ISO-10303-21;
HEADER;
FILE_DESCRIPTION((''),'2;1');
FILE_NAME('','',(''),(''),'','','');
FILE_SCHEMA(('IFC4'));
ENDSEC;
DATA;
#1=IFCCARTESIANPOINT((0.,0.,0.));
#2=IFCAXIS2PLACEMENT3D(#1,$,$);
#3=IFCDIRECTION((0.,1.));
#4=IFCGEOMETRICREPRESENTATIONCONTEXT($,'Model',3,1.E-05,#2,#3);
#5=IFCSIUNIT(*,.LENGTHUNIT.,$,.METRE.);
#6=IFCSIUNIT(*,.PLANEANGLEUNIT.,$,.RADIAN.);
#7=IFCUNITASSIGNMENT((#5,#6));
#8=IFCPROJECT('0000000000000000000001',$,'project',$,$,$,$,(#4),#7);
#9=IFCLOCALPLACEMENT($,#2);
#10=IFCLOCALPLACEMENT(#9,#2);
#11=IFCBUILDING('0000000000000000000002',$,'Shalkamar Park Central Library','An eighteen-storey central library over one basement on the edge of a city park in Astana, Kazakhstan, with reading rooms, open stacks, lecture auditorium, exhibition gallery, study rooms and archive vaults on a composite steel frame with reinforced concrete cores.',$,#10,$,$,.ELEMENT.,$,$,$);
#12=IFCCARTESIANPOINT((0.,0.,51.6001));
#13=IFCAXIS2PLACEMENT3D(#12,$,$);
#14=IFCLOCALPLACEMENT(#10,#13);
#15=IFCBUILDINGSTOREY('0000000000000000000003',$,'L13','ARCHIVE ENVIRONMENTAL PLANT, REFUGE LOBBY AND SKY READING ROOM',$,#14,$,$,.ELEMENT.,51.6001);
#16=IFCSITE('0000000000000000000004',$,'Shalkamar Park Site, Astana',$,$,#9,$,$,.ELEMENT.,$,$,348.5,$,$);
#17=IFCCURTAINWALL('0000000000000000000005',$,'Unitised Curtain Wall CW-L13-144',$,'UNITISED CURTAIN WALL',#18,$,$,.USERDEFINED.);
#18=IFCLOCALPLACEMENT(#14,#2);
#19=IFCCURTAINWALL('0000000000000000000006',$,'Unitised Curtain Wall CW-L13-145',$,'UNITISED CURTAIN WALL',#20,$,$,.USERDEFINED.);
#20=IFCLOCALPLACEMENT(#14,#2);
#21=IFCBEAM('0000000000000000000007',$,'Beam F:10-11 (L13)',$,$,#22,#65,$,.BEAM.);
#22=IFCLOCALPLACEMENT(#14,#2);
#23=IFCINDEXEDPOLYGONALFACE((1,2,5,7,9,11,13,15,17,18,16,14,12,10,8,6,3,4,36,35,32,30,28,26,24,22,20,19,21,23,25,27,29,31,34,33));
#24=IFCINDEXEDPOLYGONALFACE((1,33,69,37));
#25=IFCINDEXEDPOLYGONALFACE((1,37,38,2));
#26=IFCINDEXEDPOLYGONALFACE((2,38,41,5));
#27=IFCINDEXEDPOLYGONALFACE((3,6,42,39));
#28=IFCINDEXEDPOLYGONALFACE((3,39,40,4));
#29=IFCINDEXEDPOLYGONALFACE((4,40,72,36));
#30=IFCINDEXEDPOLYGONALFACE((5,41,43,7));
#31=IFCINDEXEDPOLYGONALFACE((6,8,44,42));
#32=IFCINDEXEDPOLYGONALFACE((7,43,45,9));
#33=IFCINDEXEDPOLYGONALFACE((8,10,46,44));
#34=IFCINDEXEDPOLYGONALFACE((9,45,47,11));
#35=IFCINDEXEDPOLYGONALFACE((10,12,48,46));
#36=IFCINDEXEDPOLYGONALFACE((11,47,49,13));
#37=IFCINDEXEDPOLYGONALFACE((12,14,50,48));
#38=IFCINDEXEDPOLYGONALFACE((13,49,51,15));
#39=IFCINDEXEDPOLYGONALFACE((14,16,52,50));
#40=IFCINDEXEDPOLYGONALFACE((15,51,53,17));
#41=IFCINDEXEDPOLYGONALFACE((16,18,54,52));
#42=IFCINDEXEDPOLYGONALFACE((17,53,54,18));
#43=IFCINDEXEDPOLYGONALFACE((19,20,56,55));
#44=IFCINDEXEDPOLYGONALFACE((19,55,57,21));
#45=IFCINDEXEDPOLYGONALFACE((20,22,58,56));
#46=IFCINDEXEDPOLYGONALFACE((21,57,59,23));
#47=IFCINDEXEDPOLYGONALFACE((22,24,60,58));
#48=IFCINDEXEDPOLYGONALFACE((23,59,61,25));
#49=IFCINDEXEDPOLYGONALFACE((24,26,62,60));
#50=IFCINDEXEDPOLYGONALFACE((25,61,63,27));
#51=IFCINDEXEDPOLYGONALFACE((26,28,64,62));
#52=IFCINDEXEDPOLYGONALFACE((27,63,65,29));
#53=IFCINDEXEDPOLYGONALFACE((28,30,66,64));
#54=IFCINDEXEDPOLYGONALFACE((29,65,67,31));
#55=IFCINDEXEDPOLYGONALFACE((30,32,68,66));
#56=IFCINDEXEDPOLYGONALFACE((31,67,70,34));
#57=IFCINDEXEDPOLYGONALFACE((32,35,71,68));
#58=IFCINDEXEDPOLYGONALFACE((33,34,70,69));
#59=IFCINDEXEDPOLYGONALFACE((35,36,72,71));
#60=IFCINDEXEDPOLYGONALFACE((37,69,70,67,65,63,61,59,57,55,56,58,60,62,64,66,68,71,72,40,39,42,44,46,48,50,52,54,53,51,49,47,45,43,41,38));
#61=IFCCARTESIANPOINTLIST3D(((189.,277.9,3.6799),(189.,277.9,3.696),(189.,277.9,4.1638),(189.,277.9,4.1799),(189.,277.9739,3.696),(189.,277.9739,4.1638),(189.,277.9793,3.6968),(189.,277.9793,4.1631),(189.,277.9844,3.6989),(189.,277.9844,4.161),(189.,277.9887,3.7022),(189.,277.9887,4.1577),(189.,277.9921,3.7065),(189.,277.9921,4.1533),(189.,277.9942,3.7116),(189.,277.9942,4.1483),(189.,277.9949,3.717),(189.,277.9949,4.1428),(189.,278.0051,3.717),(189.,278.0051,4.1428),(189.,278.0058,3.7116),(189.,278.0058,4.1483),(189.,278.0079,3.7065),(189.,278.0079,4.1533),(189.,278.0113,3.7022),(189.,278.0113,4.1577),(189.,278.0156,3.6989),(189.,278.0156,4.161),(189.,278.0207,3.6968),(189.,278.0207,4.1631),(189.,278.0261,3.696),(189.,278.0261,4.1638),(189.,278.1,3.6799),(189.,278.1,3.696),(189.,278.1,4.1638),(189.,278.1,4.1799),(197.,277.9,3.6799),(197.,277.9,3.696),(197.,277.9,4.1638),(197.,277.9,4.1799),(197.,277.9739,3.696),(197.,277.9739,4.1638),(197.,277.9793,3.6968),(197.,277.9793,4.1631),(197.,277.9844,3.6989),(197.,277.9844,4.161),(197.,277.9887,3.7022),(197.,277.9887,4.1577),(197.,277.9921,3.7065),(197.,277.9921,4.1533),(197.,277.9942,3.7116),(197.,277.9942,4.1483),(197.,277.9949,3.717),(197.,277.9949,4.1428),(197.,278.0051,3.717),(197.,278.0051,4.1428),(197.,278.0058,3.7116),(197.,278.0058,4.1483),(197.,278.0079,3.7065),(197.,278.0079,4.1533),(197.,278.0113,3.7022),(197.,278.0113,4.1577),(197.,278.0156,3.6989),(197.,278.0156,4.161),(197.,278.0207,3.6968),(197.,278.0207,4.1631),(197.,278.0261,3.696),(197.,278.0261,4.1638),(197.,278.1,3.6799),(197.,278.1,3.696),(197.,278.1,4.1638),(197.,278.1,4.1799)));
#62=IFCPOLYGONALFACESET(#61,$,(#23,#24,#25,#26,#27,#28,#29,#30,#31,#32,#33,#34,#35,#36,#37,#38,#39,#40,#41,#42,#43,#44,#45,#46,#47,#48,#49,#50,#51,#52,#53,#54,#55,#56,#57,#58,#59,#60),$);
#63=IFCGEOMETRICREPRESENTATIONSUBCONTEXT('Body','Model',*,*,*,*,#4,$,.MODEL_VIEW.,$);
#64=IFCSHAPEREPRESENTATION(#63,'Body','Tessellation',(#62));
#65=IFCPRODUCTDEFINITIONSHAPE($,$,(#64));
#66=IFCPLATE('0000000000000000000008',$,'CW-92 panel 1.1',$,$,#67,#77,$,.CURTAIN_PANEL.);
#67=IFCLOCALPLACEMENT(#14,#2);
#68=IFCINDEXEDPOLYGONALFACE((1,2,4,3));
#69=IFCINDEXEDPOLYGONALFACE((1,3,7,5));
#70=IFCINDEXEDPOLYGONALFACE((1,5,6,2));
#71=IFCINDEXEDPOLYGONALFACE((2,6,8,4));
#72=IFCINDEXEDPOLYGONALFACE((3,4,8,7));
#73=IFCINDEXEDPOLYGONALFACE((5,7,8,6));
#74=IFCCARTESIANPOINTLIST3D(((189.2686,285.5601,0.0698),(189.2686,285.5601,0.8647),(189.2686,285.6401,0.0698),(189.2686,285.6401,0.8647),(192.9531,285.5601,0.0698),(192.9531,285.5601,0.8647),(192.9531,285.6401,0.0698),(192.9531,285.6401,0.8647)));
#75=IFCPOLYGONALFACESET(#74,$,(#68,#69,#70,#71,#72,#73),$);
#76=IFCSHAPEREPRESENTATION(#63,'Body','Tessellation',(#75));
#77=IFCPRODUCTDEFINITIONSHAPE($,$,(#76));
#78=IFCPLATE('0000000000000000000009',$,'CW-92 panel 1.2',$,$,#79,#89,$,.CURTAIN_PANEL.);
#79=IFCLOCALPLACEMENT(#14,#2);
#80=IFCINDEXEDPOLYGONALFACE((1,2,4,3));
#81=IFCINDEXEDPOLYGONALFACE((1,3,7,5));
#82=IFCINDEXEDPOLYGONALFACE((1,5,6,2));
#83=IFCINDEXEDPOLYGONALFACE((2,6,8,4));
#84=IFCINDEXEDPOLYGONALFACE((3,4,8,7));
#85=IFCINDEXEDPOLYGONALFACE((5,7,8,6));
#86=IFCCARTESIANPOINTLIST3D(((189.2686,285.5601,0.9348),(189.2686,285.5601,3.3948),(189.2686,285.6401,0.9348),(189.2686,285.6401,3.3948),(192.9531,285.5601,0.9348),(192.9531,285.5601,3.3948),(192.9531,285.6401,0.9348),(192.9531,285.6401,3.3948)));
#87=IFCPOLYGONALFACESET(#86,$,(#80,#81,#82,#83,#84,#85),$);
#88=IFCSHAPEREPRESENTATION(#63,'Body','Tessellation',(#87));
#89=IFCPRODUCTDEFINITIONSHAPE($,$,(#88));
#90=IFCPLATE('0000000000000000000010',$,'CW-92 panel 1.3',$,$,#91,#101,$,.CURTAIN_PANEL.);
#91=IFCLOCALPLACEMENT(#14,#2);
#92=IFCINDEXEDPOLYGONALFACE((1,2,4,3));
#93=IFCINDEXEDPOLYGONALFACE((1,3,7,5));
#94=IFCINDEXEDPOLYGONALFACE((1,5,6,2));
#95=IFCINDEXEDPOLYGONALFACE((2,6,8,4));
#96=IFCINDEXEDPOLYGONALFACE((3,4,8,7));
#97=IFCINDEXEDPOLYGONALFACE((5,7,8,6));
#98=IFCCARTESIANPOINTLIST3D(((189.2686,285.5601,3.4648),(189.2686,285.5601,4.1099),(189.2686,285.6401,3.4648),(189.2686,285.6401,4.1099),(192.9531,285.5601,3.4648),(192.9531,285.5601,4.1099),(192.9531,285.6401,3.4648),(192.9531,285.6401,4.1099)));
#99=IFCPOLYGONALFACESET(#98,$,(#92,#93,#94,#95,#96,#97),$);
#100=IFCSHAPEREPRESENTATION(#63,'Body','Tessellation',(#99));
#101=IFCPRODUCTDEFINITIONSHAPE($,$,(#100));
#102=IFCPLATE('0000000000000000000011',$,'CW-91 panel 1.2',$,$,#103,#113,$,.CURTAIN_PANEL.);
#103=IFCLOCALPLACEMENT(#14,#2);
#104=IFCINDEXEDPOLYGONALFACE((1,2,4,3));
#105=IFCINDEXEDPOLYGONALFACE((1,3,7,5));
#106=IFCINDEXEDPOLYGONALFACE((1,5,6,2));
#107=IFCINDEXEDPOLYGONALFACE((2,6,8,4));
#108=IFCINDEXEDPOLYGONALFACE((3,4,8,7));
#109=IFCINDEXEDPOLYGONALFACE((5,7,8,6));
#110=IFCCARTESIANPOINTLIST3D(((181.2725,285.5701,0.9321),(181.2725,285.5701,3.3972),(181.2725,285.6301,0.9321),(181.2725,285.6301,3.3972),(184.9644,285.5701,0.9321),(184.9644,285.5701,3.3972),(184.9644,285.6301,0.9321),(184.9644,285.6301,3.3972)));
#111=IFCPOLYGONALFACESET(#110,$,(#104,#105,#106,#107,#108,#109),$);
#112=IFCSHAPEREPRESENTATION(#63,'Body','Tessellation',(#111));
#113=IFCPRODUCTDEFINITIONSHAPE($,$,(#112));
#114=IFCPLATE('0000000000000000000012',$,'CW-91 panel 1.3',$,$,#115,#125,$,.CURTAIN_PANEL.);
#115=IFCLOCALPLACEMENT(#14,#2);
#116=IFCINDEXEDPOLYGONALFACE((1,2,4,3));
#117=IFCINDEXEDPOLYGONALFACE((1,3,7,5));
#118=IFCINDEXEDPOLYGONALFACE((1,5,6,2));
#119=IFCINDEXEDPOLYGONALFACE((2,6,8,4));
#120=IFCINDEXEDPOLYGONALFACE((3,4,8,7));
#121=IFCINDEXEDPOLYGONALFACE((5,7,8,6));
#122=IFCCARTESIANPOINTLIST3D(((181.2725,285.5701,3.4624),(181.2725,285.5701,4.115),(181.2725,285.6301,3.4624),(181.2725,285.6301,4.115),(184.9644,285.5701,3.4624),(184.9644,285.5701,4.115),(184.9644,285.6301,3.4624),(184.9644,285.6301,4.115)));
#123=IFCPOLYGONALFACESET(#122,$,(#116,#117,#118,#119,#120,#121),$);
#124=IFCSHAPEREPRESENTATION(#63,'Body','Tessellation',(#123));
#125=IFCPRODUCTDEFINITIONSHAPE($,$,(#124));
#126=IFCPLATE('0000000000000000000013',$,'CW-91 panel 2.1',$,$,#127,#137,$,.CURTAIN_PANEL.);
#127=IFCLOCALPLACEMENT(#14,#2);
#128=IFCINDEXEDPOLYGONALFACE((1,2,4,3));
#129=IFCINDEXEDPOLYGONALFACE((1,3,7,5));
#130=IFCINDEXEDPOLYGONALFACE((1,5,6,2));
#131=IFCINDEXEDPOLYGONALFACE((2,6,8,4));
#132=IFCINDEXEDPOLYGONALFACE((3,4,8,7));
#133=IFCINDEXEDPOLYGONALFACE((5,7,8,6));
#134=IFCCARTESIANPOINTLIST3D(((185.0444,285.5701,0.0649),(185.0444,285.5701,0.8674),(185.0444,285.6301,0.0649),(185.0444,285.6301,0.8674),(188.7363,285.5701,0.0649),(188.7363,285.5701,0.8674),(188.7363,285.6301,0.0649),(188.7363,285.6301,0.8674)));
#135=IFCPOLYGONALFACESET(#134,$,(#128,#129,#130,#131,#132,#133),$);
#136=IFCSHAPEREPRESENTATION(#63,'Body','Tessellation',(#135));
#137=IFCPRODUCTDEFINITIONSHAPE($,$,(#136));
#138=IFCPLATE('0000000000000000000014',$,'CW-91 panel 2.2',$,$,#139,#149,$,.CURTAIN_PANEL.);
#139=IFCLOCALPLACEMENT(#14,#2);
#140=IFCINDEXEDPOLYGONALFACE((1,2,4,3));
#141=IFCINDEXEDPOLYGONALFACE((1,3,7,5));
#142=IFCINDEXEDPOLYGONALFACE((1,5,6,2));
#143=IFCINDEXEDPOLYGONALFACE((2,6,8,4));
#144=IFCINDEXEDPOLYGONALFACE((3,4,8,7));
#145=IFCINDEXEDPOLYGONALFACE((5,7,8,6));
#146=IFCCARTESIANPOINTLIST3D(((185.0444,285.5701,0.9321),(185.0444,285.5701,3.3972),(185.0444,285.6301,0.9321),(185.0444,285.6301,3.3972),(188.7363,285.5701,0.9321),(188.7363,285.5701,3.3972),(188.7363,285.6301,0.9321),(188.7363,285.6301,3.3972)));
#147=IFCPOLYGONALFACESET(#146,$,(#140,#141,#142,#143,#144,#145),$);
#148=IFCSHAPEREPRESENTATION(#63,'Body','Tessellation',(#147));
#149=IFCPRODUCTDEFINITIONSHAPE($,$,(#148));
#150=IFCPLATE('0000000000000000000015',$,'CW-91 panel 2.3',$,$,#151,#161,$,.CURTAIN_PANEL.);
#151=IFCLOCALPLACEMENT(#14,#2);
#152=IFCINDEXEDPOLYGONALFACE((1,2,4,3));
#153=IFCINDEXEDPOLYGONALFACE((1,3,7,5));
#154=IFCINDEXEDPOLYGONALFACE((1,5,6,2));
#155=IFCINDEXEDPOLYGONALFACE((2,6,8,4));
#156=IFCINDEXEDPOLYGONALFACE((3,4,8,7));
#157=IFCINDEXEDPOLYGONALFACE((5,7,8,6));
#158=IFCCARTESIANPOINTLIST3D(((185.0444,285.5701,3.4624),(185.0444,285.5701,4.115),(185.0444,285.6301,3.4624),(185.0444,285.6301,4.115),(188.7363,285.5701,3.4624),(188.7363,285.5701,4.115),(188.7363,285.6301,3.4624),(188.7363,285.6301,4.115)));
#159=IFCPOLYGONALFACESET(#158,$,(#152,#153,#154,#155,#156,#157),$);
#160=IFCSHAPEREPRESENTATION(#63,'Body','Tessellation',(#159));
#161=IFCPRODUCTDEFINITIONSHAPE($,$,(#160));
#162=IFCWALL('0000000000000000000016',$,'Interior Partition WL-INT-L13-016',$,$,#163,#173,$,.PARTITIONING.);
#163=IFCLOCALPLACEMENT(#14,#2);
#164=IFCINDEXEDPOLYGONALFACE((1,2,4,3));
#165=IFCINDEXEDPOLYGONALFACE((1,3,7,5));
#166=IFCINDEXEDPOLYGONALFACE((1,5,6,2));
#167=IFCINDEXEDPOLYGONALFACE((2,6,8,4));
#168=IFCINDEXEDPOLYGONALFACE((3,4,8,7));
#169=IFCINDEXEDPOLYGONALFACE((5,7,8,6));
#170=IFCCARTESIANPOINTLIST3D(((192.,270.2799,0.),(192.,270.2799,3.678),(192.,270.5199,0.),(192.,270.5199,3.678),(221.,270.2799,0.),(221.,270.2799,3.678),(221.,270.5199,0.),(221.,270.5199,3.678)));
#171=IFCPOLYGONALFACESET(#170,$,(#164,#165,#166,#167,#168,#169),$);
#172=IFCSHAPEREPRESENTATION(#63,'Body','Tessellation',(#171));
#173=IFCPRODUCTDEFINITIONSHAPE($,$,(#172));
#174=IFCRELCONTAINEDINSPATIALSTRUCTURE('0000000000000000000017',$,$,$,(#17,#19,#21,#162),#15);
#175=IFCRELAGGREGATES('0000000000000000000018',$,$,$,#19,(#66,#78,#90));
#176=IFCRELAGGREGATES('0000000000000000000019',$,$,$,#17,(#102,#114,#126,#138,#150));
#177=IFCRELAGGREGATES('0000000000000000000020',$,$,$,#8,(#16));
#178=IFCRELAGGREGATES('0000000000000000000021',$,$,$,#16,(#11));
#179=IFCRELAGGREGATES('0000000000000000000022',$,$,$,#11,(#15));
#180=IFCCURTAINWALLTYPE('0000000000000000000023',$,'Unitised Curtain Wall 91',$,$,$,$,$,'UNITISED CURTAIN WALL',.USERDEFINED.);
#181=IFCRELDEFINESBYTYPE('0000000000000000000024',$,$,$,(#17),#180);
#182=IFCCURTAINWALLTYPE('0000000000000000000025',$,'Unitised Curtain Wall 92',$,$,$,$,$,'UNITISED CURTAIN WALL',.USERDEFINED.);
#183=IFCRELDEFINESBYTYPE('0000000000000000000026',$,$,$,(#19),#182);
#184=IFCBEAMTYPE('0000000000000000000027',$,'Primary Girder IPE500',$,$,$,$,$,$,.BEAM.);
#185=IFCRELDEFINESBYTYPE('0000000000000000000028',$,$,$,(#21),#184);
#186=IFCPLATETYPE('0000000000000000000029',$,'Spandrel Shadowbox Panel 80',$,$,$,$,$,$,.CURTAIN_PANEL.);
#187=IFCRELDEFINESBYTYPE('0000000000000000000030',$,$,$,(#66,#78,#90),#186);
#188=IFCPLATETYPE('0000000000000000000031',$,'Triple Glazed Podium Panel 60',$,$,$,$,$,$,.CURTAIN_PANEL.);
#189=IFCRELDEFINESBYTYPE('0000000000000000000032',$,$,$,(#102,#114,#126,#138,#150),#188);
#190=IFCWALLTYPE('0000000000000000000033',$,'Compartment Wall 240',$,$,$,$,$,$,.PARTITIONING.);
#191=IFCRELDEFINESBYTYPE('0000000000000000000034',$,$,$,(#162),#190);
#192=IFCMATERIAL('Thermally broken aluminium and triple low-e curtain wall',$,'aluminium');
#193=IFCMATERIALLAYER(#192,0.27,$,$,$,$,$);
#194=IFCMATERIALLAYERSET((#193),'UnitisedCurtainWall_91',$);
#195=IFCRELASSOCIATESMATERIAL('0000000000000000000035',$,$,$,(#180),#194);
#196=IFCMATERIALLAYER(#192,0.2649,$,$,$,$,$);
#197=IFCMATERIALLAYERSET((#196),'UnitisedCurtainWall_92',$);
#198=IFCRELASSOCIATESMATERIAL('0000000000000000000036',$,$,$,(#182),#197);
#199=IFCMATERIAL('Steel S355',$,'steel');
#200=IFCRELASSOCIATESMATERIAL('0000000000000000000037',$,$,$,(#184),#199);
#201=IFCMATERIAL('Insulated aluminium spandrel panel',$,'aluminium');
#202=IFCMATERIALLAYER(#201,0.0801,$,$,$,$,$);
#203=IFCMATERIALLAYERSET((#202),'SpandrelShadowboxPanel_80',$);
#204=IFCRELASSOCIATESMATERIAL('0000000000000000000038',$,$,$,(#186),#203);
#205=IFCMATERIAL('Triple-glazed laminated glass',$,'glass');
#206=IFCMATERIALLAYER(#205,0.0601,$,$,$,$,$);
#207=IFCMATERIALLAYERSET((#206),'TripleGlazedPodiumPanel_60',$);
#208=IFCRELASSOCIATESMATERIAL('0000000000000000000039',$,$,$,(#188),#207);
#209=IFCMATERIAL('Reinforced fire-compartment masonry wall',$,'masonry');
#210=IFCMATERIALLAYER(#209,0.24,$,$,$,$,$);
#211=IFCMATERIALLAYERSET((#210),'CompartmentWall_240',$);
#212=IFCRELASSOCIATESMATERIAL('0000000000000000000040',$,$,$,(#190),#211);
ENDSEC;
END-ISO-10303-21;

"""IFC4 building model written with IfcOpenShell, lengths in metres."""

from ifc_helpers import new_model, si_unit, direction, frame, frame_2d, origin, origin_2d, place, context, subcontext, project, spatial, rectangle, i_section, extrude, material, layer, layer_set, material_profile, profile_set, type_object, element, aggregate, save


model = new_model("IFC4")

# Units and contexts
model_context = context("Model", 3, precision=1e-05, world=origin(), true_north=direction((0.0, 1.0)))
body_context = subcontext(model_context, "Body", "Model", "MODEL_VIEW")
ifc_project = project(units=[si_unit("LENGTHUNIT", "METRE"), si_unit("PLANEANGLEUNIT", "RADIAN")], contexts=[model_context])

# Site, building, storey
site_placement = place(None, origin())
site = spatial("IfcSite", under=ifc_project, at=site_placement, Name="Shalkamar Park Site, Astana", CompositionType="ELEMENT", RefElevation=348.5)
building_placement = place(site_placement, origin())
building = spatial("IfcBuilding", under=site, at=building_placement, Name="Shalkamar Park Central Library", Description="An eighteen-storey central library over one basement on the edge of a city park in Astana, Kazakhstan, with reading rooms, open stacks, lecture auditorium, exhibition gallery, study rooms and archive vaults on a composite steel frame with reinforced concrete cores.", CompositionType="ELEMENT")
storey_placement = place(building_placement, frame((0.0, 0.0, 51.6001)))
storey = spatial("IfcBuildingStorey", under=building, at=storey_placement, Name="L13", Description="ARCHIVE ENVIRONMENTAL PLANT, REFUGE LOBBY AND SKY READING ROOM", CompositionType="ELEMENT", Elevation=51.6001)

# Shared definitions
ifc_material_1 = material(Name="Steel S355", Category="steel")

# Curtain wall
ifc_material_2 = material(Name="Thermally broken aluminium and triple low-e curtain wall", Category="aluminium")
ifc_layer_1 = layer(ifc_material_2, 0.27)
ifc_layer_set_1 = layer_set([ifc_layer_1], Name="UnitisedCurtainWall_91")
curtain_wall_type_1 = type_object("IfcCurtainWallType", Name="Unitised Curtain Wall 91", ElementType="UNITISED CURTAIN WALL", PredefinedType="USERDEFINED", material=ifc_layer_set_1)
curtain_wall_1_placement = place(storey_placement, origin())
curtain_wall_1 = element("IfcCurtainWall", 1, at=curtain_wall_1_placement, inside=storey, type_object=curtain_wall_type_1, Name="Unitised Curtain Wall CW-L13-144", ObjectType="UNITISED CURTAIN WALL", PredefinedType="USERDEFINED")

# Curtain wall
ifc_layer_2 = layer(ifc_material_2, 0.2649)
ifc_layer_set_2 = layer_set([ifc_layer_2], Name="UnitisedCurtainWall_92")
curtain_wall_type_2 = type_object("IfcCurtainWallType", Name="Unitised Curtain Wall 92", ElementType="UNITISED CURTAIN WALL", PredefinedType="USERDEFINED", material=ifc_layer_set_2)
curtain_wall_2_placement = place(storey_placement, origin())
curtain_wall_2 = element("IfcCurtainWall", 2, at=curtain_wall_2_placement, inside=storey, type_object=curtain_wall_type_2, Name="Unitised Curtain Wall CW-L13-145", ObjectType="UNITISED CURTAIN WALL", PredefinedType="USERDEFINED")

# Beam
ifc_material_profile_1 = material_profile(ifc_material_1, i_section(OverallWidth=0.2, OverallDepth=0.5, WebThickness=0.0103, FlangeThickness=0.0161, FilletRadius=0.021, at=origin_2d()), Name="IPE 500")
ifc_profile_set_1 = profile_set([ifc_material_profile_1], Name="Steel S355")
beam_type_1 = type_object("IfcBeamType", Name="Primary Girder IPE500", PredefinedType="BEAM", material=ifc_profile_set_1)
beam_1_placement = place(storey_placement, frame((189.0, 278.0, 3.9299), z_axis=(1.0, 0.0, 0.0), x_axis=(0.0, 1.0, 0.0)))
element("IfcBeam", 3, at=beam_1_placement, inside=storey, type_object=beam_type_1, Name="Beam F:10-11 (L13)", PredefinedType="BEAM", context=body_context, shape_type="SweptSolid", body=[
    extrude(i_section(OverallWidth=0.2, OverallDepth=0.5, WebThickness=0.0103, FlangeThickness=0.0161, FilletRadius=0.021, at=origin_2d()), origin(), (0.0, 0.0, 1.0), 8.0),
])

# Plates
ifc_material_3 = material(Name="Insulated aluminium spandrel panel", Category="aluminium")
ifc_layer_3 = layer(ifc_material_3, 0.0801)
ifc_layer_set_3 = layer_set([ifc_layer_3], Name="SpandrelShadowboxPanel_80")
plate_type_1 = type_object("IfcPlateType", Name="Spandrel Shadowbox Panel 80", PredefinedType="CURTAIN_PANEL", material=ifc_layer_set_3)
plate_1_placement = place(storey_placement, frame((191.1108, 285.6001, 0.0698), z_axis=(0.0, 0.0, 1.0), x_axis=(1.0, 0.0, 0.0)))
plate_1 = element("IfcPlate", 4, at=plate_1_placement, type_object=plate_type_1, Name="CW-92 panel 1.1", PredefinedType="CURTAIN_PANEL", context=body_context, shape_type="SweptSolid", body=[
    extrude(rectangle(XDim=3.6846, YDim=0.0801, at=origin_2d()), origin(), (0.0, 0.0, 1.0), 0.7949),
])
plate_2_placement = place(storey_placement, frame((191.1108, 285.6001, 0.9348), z_axis=(0.0, 0.0, 1.0), x_axis=(1.0, 0.0, 0.0)))
plate_2 = element("IfcPlate", 5, at=plate_2_placement, type_object=plate_type_1, Name="CW-92 panel 1.2", PredefinedType="CURTAIN_PANEL", context=body_context, shape_type="SweptSolid", body=[
    extrude(rectangle(XDim=3.6846, YDim=0.0801, at=origin_2d()), origin(), (0.0, 0.0, 1.0), 2.46),
])
plate_3_placement = place(storey_placement, frame((191.1108, 285.6001, 3.4648), z_axis=(0.0, 0.0, 1.0), x_axis=(1.0, 0.0, 0.0)))
plate_3 = element("IfcPlate", 6, at=plate_3_placement, type_object=plate_type_1, Name="CW-92 panel 1.3", PredefinedType="CURTAIN_PANEL", context=body_context, shape_type="SweptSolid", body=[
    extrude(rectangle(XDim=3.6846, YDim=0.0801, at=origin_2d()), origin(), (0.0, 0.0, 1.0), 0.645),
])
aggregate(curtain_wall_2, [plate_1, plate_2, plate_3])
ifc_material_4 = material(Name="Triple-glazed laminated glass", Category="glass")
ifc_layer_4 = layer(ifc_material_4, 0.0601)
ifc_layer_set_4 = layer_set([ifc_layer_4], Name="TripleGlazedPodiumPanel_60")
plate_type_2 = type_object("IfcPlateType", Name="Triple Glazed Podium Panel 60", PredefinedType="CURTAIN_PANEL", material=ifc_layer_set_4)
plate_4_placement = place(storey_placement, frame((183.1184, 285.6001, 0.9321), z_axis=(0.0, 0.0, 1.0), x_axis=(1.0, 0.0, 0.0)))
plate_4 = element("IfcPlate", 7, at=plate_4_placement, type_object=plate_type_2, Name="CW-91 panel 1.2", PredefinedType="CURTAIN_PANEL", context=body_context, shape_type="SweptSolid", body=[
    extrude(rectangle(XDim=3.6919, YDim=0.0601, at=origin_2d()), origin(), (0.0, 0.0, 1.0), 2.4651),
])
plate_5_placement = place(storey_placement, frame((183.1184, 285.6001, 3.4624), z_axis=(0.0, 0.0, 1.0), x_axis=(1.0, 0.0, 0.0)))
plate_5 = element("IfcPlate", 8, at=plate_5_placement, type_object=plate_type_2, Name="CW-91 panel 1.3", PredefinedType="CURTAIN_PANEL", context=body_context, shape_type="SweptSolid", body=[
    extrude(rectangle(XDim=3.6919, YDim=0.0601, at=origin_2d()), origin(), (0.0, 0.0, 1.0), 0.6526),
])
plate_6_placement = place(storey_placement, frame((186.8904, 285.6001, 0.0649), z_axis=(0.0, 0.0, 1.0), x_axis=(1.0, 0.0, 0.0)))
plate_6 = element("IfcPlate", 9, at=plate_6_placement, type_object=plate_type_2, Name="CW-91 panel 2.1", PredefinedType="CURTAIN_PANEL", context=body_context, shape_type="SweptSolid", body=[
    extrude(rectangle(XDim=3.6919, YDim=0.0601, at=origin_2d()), origin(), (0.0, 0.0, 1.0), 0.8025),
])
plate_7_placement = place(storey_placement, frame((186.8904, 285.6001, 0.9321), z_axis=(0.0, 0.0, 1.0), x_axis=(1.0, 0.0, 0.0)))
plate_7 = element("IfcPlate", 10, at=plate_7_placement, type_object=plate_type_2, Name="CW-91 panel 2.2", PredefinedType="CURTAIN_PANEL", context=body_context, shape_type="SweptSolid", body=[
    extrude(rectangle(XDim=3.6919, YDim=0.0601, at=origin_2d()), origin(), (0.0, 0.0, 1.0), 2.4651),
])
plate_8_placement = place(storey_placement, frame((186.8904, 285.6001, 3.4624), z_axis=(0.0, 0.0, 1.0), x_axis=(1.0, 0.0, 0.0)))
plate_8 = element("IfcPlate", 11, at=plate_8_placement, type_object=plate_type_2, Name="CW-91 panel 2.3", PredefinedType="CURTAIN_PANEL", context=body_context, shape_type="SweptSolid", body=[
    extrude(rectangle(XDim=3.6919, YDim=0.0601, at=origin_2d()), origin(), (0.0, 0.0, 1.0), 0.6526),
])
aggregate(curtain_wall_1, [plate_4, plate_5, plate_6, plate_7, plate_8])

# Wall
ifc_material_5 = material(Name="Reinforced fire-compartment masonry wall", Category="masonry")
ifc_layer_5 = layer(ifc_material_5, 0.24)
ifc_layer_set_5 = layer_set([ifc_layer_5], Name="CompartmentWall_240")
wall_type = type_object("IfcWallType", Name="Compartment Wall 240", PredefinedType="PARTITIONING", material=ifc_layer_set_5)
wall_placement = place(storey_placement, frame((192.0, 270.3999, 0.0), z_axis=(0.0, 0.0, 1.0), x_axis=(1.0, 0.0, 0.0)))
element("IfcWall", 12, at=wall_placement, inside=storey, type_object=wall_type, Name="Interior Partition WL-INT-L13-016", PredefinedType="PARTITIONING", context=body_context, shape_type="SweptSolid", body=[
    extrude(rectangle(XDim=29.0, YDim=0.24, at=frame_2d((14.5, 0.0))), origin(), (0.0, 0.0, 1.0), 3.678),
])

save(model, "model.ifc")
